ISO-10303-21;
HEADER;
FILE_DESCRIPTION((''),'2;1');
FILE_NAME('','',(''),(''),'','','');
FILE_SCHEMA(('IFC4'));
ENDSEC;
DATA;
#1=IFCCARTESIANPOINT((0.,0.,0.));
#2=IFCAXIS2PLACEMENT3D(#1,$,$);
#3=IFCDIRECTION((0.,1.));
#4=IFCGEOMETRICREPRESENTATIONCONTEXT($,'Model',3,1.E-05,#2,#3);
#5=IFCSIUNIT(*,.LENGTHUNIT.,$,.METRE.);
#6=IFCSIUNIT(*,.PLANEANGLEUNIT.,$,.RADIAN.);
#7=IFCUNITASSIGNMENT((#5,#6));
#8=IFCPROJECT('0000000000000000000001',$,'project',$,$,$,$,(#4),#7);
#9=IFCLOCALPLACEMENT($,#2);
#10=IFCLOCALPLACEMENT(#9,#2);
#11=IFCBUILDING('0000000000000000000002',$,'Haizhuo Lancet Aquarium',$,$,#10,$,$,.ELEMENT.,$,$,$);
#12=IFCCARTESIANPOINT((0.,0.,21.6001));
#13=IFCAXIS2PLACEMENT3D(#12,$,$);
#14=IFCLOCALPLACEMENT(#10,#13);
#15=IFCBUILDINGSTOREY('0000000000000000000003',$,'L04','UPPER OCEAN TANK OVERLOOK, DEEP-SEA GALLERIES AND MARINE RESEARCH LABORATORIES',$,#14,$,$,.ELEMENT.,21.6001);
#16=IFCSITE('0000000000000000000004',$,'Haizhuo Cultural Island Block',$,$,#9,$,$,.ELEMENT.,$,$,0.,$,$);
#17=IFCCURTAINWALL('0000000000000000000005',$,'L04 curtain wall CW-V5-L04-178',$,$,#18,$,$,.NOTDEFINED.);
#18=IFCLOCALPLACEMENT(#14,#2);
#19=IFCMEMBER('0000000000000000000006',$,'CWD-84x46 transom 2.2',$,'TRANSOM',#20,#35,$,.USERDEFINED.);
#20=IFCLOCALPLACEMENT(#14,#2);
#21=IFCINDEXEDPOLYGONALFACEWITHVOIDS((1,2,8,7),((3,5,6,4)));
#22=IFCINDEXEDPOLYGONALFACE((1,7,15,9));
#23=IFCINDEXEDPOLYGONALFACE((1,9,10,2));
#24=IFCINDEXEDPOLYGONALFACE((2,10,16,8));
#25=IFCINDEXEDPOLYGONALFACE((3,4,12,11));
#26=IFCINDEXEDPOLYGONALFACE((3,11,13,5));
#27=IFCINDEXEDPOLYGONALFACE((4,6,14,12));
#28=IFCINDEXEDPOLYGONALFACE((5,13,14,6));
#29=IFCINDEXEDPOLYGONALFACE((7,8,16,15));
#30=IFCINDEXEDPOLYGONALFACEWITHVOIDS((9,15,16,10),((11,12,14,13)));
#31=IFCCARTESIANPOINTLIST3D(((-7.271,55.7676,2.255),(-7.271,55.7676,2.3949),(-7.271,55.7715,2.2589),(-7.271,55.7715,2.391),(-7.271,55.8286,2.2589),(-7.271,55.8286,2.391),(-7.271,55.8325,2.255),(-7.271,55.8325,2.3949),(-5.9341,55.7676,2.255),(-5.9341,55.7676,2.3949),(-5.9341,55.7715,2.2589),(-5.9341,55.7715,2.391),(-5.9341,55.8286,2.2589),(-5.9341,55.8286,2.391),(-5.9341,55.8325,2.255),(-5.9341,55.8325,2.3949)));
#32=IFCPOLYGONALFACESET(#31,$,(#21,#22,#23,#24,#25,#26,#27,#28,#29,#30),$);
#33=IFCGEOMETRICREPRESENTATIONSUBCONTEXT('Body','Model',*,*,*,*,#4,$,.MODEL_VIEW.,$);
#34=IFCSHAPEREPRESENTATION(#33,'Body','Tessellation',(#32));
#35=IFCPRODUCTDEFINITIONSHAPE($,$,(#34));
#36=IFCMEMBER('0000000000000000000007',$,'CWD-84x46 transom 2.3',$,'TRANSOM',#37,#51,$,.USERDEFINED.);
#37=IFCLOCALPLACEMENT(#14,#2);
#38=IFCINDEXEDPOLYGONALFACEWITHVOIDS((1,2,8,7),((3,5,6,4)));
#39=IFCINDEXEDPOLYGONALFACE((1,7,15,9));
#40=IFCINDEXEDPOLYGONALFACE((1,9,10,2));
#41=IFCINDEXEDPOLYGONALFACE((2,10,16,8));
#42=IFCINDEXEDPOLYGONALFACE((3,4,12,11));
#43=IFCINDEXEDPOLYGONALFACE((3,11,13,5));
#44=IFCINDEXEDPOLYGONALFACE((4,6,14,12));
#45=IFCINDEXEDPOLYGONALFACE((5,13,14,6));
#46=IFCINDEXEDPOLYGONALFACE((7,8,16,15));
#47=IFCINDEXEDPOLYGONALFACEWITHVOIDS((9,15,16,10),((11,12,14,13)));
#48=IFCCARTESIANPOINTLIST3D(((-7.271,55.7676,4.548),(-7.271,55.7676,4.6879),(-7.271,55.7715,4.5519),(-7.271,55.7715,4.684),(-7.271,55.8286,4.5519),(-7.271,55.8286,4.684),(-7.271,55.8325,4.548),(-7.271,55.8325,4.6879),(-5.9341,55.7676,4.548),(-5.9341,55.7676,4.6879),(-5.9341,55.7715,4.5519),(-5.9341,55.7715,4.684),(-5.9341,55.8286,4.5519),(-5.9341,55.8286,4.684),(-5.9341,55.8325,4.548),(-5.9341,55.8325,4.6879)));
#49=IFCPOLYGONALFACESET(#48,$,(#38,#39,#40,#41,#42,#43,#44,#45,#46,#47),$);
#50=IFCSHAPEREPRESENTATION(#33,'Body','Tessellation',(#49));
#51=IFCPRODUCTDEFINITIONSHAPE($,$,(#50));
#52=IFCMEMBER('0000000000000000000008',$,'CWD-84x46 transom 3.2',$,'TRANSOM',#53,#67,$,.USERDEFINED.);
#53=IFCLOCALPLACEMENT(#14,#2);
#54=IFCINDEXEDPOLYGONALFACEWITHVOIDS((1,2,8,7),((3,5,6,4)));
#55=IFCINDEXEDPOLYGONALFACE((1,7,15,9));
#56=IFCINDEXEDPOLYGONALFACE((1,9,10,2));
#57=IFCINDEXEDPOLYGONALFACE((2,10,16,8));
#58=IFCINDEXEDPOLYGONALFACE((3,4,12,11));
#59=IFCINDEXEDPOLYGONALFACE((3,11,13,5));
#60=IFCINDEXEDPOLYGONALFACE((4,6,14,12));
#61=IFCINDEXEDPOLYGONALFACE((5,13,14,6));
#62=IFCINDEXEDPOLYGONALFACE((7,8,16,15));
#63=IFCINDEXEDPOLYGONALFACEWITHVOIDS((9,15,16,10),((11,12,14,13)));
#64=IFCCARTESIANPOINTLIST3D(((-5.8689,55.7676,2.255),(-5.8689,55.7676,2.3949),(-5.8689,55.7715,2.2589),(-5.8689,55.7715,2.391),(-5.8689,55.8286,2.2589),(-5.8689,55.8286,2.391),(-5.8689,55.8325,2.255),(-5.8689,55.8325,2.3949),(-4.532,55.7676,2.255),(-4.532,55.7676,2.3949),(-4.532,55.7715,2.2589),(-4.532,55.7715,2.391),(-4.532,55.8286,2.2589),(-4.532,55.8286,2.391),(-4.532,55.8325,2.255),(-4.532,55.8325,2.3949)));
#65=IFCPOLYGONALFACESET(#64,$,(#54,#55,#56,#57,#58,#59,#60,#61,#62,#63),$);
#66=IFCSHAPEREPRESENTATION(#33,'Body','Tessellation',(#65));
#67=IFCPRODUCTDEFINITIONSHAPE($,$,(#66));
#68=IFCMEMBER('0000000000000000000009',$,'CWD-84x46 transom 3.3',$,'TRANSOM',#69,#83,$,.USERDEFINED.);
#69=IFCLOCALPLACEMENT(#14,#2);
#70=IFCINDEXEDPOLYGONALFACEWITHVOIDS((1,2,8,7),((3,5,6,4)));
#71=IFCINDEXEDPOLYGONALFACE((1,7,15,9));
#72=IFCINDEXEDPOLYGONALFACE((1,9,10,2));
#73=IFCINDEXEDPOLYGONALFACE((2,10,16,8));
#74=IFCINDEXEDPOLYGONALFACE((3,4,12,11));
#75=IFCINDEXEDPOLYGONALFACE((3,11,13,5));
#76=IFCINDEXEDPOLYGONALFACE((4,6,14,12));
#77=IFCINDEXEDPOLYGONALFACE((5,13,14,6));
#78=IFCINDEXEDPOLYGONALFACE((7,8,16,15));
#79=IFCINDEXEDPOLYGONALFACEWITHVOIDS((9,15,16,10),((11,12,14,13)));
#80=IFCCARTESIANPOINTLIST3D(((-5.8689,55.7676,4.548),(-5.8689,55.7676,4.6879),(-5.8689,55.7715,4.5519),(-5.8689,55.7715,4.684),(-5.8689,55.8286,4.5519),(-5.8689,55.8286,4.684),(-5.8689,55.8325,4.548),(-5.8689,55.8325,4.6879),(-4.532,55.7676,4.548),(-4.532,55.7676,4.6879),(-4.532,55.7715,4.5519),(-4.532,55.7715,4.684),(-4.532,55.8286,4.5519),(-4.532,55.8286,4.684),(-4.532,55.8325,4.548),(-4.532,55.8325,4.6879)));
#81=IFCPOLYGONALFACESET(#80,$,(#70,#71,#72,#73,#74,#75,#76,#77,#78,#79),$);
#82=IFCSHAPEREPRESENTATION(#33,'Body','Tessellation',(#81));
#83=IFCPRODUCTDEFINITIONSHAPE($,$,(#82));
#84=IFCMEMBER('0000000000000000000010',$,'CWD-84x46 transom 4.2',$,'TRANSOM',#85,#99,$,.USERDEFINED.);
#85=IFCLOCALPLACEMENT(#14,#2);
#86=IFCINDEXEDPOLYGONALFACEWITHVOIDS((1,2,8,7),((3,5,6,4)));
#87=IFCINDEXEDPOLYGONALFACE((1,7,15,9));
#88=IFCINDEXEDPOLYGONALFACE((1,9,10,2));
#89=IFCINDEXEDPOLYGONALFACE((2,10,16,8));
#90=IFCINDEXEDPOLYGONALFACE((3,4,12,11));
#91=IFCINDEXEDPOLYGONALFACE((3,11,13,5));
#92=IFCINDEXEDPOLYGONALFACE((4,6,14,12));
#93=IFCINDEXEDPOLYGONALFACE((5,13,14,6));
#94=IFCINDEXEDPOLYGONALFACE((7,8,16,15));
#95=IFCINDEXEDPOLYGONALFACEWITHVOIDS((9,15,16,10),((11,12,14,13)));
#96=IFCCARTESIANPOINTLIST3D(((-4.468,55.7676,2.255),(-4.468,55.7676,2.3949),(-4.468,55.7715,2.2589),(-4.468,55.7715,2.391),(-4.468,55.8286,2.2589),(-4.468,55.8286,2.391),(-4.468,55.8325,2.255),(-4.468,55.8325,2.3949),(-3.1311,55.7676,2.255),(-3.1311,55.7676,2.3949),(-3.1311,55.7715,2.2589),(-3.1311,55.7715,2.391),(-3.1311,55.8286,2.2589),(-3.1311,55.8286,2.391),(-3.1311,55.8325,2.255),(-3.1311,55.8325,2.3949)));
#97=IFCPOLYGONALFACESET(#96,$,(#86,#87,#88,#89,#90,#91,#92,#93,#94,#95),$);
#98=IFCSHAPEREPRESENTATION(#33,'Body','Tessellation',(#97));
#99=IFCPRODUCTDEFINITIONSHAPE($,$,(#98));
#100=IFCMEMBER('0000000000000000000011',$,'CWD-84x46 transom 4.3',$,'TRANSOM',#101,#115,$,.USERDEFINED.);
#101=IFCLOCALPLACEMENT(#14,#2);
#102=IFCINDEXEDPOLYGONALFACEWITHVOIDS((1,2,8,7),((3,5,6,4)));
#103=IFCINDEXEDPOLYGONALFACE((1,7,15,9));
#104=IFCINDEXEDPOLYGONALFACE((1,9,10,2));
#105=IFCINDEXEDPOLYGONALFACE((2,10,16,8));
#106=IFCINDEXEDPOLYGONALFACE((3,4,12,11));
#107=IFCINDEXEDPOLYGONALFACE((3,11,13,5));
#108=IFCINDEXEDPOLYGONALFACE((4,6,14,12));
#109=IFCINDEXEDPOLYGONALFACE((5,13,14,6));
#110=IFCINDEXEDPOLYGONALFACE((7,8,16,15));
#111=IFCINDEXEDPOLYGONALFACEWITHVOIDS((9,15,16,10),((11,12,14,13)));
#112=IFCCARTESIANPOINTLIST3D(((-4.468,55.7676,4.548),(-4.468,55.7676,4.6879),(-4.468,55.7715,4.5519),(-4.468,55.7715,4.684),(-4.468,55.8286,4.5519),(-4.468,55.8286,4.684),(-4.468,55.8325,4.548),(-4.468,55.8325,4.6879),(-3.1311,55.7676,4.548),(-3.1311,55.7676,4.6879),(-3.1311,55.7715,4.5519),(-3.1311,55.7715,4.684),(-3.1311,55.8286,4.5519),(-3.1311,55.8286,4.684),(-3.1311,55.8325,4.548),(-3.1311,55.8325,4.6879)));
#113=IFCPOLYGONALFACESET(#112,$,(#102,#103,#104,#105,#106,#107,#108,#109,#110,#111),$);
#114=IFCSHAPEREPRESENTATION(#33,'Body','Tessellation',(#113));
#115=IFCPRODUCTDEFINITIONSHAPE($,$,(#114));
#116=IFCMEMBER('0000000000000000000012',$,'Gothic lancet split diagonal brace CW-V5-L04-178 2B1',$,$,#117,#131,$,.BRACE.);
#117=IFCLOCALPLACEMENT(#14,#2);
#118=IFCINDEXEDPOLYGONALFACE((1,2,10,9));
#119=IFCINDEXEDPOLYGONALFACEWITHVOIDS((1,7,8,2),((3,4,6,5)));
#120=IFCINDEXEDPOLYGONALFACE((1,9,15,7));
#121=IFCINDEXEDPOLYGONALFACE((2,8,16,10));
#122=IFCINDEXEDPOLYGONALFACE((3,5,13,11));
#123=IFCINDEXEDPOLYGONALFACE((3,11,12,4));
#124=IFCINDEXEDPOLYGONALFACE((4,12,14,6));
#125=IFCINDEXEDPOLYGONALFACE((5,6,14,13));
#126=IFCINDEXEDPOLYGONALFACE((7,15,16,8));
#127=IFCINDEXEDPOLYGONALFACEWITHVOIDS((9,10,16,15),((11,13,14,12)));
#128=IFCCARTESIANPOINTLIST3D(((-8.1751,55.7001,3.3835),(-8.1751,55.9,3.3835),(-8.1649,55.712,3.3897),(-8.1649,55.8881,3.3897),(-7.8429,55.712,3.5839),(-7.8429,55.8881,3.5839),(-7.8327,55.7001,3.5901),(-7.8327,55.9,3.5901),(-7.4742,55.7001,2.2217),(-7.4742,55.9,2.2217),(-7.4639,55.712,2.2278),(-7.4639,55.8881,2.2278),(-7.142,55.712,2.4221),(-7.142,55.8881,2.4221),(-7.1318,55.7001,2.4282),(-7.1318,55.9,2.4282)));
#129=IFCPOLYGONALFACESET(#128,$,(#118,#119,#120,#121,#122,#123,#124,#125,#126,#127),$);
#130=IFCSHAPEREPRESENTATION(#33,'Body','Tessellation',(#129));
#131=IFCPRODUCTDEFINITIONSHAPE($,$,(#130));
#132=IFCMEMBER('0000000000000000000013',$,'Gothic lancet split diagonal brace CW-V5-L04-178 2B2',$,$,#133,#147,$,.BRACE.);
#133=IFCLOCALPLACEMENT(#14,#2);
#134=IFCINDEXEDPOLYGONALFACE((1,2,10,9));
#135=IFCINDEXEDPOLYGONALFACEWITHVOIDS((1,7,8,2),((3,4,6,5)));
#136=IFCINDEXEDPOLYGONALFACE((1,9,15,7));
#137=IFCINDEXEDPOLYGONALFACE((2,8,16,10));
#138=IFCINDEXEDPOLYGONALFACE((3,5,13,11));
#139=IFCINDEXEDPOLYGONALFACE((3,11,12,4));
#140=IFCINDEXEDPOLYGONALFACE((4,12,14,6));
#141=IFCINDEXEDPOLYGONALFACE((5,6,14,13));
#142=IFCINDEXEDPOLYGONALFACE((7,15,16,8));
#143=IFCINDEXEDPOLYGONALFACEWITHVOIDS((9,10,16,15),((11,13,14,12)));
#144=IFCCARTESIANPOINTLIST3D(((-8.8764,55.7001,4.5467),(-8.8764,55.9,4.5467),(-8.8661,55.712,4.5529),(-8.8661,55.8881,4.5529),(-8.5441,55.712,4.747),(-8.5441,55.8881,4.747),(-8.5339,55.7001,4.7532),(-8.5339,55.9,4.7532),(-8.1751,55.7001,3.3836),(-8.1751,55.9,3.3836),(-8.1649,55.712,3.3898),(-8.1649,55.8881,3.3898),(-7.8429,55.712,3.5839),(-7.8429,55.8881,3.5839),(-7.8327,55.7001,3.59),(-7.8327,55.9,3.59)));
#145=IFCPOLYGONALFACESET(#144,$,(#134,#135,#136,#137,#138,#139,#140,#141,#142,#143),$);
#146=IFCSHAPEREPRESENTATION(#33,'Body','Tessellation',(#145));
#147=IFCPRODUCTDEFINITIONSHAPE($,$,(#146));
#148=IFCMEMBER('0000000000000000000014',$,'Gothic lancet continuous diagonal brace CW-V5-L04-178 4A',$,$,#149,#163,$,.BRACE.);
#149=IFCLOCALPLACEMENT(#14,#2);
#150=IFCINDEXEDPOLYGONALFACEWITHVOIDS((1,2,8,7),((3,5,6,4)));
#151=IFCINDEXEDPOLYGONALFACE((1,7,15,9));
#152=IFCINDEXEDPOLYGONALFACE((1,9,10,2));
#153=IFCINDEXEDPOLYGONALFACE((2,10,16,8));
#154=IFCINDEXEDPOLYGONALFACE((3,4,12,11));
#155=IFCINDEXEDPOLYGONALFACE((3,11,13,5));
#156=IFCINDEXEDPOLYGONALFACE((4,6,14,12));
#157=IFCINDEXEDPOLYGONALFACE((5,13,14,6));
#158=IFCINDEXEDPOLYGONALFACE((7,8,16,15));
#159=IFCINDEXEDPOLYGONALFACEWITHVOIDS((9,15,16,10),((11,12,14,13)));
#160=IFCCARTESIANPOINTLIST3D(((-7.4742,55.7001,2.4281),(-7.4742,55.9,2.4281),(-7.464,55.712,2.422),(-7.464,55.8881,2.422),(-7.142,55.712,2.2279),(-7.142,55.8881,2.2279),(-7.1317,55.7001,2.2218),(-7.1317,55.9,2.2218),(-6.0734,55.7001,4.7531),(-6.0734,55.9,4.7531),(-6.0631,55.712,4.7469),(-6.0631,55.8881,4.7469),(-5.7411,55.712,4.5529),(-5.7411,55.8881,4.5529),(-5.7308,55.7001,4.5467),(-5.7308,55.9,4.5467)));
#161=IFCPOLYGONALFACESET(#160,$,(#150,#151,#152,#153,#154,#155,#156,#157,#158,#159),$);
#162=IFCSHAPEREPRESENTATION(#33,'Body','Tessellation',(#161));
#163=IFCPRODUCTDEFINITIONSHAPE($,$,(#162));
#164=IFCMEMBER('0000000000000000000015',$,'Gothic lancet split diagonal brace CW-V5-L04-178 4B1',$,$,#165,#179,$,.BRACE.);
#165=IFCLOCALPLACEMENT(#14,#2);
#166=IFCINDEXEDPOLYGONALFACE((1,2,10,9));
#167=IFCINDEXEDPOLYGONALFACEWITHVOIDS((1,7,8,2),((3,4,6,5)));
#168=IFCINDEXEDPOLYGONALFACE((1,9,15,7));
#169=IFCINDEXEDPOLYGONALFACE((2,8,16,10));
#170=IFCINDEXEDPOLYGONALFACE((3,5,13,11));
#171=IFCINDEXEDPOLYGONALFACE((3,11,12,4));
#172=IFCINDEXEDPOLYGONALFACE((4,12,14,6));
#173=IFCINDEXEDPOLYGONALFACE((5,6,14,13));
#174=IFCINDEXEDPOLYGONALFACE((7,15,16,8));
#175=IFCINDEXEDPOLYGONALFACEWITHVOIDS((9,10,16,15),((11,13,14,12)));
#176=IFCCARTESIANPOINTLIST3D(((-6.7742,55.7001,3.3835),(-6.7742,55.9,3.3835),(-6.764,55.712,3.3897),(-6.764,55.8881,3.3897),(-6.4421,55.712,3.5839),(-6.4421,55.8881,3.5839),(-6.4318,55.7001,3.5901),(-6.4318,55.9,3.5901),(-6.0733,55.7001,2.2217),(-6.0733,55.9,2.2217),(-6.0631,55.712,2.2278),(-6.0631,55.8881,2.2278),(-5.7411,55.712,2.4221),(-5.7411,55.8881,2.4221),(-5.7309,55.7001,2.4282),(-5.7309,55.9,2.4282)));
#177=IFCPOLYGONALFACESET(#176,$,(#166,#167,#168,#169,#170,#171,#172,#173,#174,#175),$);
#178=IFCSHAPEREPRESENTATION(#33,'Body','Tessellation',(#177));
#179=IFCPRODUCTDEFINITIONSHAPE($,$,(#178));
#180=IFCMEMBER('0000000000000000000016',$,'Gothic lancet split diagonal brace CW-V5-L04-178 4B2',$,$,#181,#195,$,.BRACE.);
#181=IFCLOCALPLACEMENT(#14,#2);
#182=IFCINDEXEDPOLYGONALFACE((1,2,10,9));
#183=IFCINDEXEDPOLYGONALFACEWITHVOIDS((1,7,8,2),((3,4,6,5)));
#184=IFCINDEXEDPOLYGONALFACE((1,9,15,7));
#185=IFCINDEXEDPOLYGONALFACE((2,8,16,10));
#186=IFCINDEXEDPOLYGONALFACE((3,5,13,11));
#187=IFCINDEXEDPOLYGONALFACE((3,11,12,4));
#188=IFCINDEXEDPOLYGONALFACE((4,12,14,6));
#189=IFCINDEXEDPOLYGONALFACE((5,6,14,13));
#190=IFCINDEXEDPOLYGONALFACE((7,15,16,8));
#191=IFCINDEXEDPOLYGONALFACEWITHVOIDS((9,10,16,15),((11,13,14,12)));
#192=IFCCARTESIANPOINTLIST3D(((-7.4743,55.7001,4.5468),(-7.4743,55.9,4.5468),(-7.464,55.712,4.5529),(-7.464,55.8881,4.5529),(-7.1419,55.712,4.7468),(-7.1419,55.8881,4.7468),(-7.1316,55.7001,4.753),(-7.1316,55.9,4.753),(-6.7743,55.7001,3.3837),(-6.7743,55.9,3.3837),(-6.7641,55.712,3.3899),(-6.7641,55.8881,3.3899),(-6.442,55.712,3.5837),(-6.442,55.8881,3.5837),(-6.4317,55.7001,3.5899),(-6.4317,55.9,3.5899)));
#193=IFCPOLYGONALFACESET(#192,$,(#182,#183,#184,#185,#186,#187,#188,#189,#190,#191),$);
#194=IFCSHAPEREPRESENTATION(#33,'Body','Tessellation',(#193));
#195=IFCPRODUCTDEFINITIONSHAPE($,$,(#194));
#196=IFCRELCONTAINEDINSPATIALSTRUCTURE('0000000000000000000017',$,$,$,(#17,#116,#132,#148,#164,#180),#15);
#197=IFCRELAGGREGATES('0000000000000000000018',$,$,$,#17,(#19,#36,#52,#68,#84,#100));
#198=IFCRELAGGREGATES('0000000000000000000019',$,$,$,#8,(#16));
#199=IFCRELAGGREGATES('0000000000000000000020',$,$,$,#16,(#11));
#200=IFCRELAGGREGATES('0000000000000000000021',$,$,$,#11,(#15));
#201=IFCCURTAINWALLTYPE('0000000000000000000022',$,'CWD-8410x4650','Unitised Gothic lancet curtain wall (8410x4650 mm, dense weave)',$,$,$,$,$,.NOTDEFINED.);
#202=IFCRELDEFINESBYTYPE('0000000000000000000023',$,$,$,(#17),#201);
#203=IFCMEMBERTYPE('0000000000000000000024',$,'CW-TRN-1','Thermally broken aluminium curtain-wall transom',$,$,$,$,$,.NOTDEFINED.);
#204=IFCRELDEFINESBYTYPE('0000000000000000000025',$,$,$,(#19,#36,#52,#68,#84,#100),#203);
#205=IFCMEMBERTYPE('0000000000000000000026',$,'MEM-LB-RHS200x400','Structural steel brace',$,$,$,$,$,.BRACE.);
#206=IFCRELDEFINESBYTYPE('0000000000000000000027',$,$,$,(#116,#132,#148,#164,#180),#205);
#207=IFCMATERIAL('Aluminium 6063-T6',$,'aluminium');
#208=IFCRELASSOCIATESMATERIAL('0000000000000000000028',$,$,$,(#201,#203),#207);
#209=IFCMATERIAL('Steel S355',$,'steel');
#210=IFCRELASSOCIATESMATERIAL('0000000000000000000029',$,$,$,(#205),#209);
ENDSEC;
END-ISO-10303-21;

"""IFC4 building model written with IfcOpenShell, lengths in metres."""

from ifc_helpers import new_model, si_unit, direction, frame, origin, origin_2d, place, context, subcontext, project, spatial, hollow_rectangle, extrude, material, material_profile, profile_set, type_object, element, aggregate, save


model = new_model("IFC4")

# Units and contexts
model_context = context("Model", 3, precision=1e-05, world=origin(), true_north=direction((0.0, 1.0)))
body_context = subcontext(model_context, "Body", "Model", "MODEL_VIEW")
ifc_project = project(units=[si_unit("LENGTHUNIT", "METRE"), si_unit("PLANEANGLEUNIT", "RADIAN")], contexts=[model_context])

# Site, building, storey
site_placement = place(None, origin())
site = spatial("IfcSite", under=ifc_project, at=site_placement, Name="Haizhuo Cultural Island Block", CompositionType="ELEMENT", RefElevation=0.0)
building_placement = place(site_placement, origin())
building = spatial("IfcBuilding", under=site, at=building_placement, Name="Haizhuo Lancet Aquarium", CompositionType="ELEMENT")
storey_placement = place(building_placement, frame((0.0, 0.0, 21.6001)))
storey = spatial("IfcBuildingStorey", under=building, at=storey_placement, Name="L04", Description="UPPER OCEAN TANK OVERLOOK, DEEP-SEA GALLERIES AND MARINE RESEARCH LABORATORIES", CompositionType="ELEMENT", Elevation=21.6001)

# Curtain wall, members
ifc_material_1 = material(Name="Aluminium 6063-T6", Category="aluminium")
curtain_wall_type = type_object("IfcCurtainWallType", Name="CWD-8410x4650", Description="Unitised Gothic lancet curtain wall (8410x4650 mm, dense weave)", PredefinedType="NOTDEFINED", material=ifc_material_1)
curtain_wall_placement = place(storey_placement, origin())
curtain_wall = element("IfcCurtainWall", 1, at=curtain_wall_placement, inside=storey, type_object=curtain_wall_type, Name="L04 curtain wall CW-V5-L04-178", PredefinedType="NOTDEFINED")
ifc_material_profile_1 = material_profile(ifc_material_1, hollow_rectangle(XDim=0.0649, YDim=0.1399, WallThickness=0.0039, at=origin_2d()), Name="ALU-T 65x140x4")
ifc_profile_set_1 = profile_set([ifc_material_profile_1], Name="Aluminium 6063-T6")
member_type_1 = type_object("IfcMemberType", Name="CW-TRN-1", Description="Thermally broken aluminium curtain-wall transom", PredefinedType="NOTDEFINED", material=ifc_profile_set_1)
member_1_placement = place(storey_placement, frame((-7.271, 55.8, 2.325), z_axis=(1.0, 0.0, 0.0), x_axis=(0.0, 1.0, 0.0)))
member_1 = element("IfcMember", 2, at=member_1_placement, type_object=member_type_1, Name="CWD-84x46 transom 2.2", ObjectType="TRANSOM", PredefinedType="USERDEFINED", context=body_context, shape_type="SweptSolid", body=[
    extrude(hollow_rectangle(XDim=0.0649, YDim=0.1399, WallThickness=0.0039, at=origin_2d()), origin(), (0.0, 0.0, 1.0), 1.3369),
])
member_2_placement = place(storey_placement, frame((-7.271, 55.8, 4.6179), z_axis=(1.0, 0.0, 0.0), x_axis=(0.0, 1.0, 0.0)))
member_2 = element("IfcMember", 3, at=member_2_placement, type_object=member_type_1, Name="CWD-84x46 transom 2.3", ObjectType="TRANSOM", PredefinedType="USERDEFINED", context=body_context, shape_type="SweptSolid", body=[
    extrude(hollow_rectangle(XDim=0.0649, YDim=0.1399, WallThickness=0.0039, at=origin_2d()), origin(), (0.0, 0.0, 1.0), 1.3369),
])
member_3_placement = place(storey_placement, frame((-5.8689, 55.8, 2.325), z_axis=(1.0, 0.0, 0.0), x_axis=(0.0, 1.0, 0.0)))
member_3 = element("IfcMember", 4, at=member_3_placement, type_object=member_type_1, Name="CWD-84x46 transom 3.2", ObjectType="TRANSOM", PredefinedType="USERDEFINED", context=body_context, shape_type="SweptSolid", body=[
    extrude(hollow_rectangle(XDim=0.0649, YDim=0.1399, WallThickness=0.0039, at=origin_2d()), origin(), (0.0, 0.0, 1.0), 1.3369),
])
member_4_placement = place(storey_placement, frame((-5.8689, 55.8, 4.6179), z_axis=(1.0, 0.0, 0.0), x_axis=(0.0, 1.0, 0.0)))
member_4 = element("IfcMember", 5, at=member_4_placement, type_object=member_type_1, Name="CWD-84x46 transom 3.3", ObjectType="TRANSOM", PredefinedType="USERDEFINED", context=body_context, shape_type="SweptSolid", body=[
    extrude(hollow_rectangle(XDim=0.0649, YDim=0.1399, WallThickness=0.0039, at=origin_2d()), origin(), (0.0, 0.0, 1.0), 1.3369),
])
member_5_placement = place(storey_placement, frame((-4.468, 55.8, 2.325), z_axis=(1.0, 0.0, 0.0), x_axis=(0.0, 1.0, 0.0)))
member_5 = element("IfcMember", 6, at=member_5_placement, type_object=member_type_1, Name="CWD-84x46 transom 4.2", ObjectType="TRANSOM", PredefinedType="USERDEFINED", context=body_context, shape_type="SweptSolid", body=[
    extrude(hollow_rectangle(XDim=0.0649, YDim=0.1399, WallThickness=0.0039, at=origin_2d()), origin(), (0.0, 0.0, 1.0), 1.3369),
])
member_6_placement = place(storey_placement, frame((-4.468, 55.8, 4.6179), z_axis=(1.0, 0.0, 0.0), x_axis=(0.0, 1.0, 0.0)))
member_6 = element("IfcMember", 7, at=member_6_placement, type_object=member_type_1, Name="CWD-84x46 transom 4.3", ObjectType="TRANSOM", PredefinedType="USERDEFINED", context=body_context, shape_type="SweptSolid", body=[
    extrude(hollow_rectangle(XDim=0.0649, YDim=0.1399, WallThickness=0.0039, at=origin_2d()), origin(), (0.0, 0.0, 1.0), 1.3369),
])

# Members
ifc_material_2 = material(Name="Steel S355", Category="steel")
ifc_material_profile_2 = material_profile(ifc_material_2, hollow_rectangle(XDim=0.2, YDim=0.3999, WallThickness=0.012, at=origin_2d()), Name="RHS 200x400x12")
ifc_profile_set_2 = profile_set([ifc_material_profile_2], Name="Steel S355")
member_type_2 = type_object("IfcMemberType", Name="MEM-LB-RHS200x400", Description="Structural steel brace", PredefinedType="BRACE", material=ifc_profile_set_2)
member_7_placement = place(storey_placement, frame((-7.303, 55.8, 2.325), z_axis=(-0.516558, 0.0, 0.856252), x_axis=(0.0, -1.0, 0.0)))
element("IfcMember", 8, at=member_7_placement, inside=storey, type_object=member_type_2, Name="Gothic lancet split diagonal brace CW-V5-L04-178 2B1", PredefinedType="BRACE", context=body_context, shape_type="SweptSolid", body=[
    extrude(hollow_rectangle(XDim=0.2, YDim=0.3999, WallThickness=0.012, at=origin_2d()), origin(), (0.0, 0.0, 1.0), 1.3569),
])
member_8_placement = place(storey_placement, frame((-8.0039, 55.8, 3.4868), z_axis=(-0.516292, 0.0, 0.856412), x_axis=(0.0, -1.0, 0.0)))
element("IfcMember", 9, at=member_8_placement, inside=storey, type_object=member_type_2, Name="Gothic lancet split diagonal brace CW-V5-L04-178 2B2", PredefinedType="BRACE", context=body_context, shape_type="SweptSolid", body=[
    extrude(hollow_rectangle(XDim=0.2, YDim=0.3999, WallThickness=0.012, at=origin_2d()), origin(), (0.0, 0.0, 1.0), 1.3582),
])
member_9_placement = place(storey_placement, frame((-7.303, 55.8, 2.325), z_axis=(0.516095, 0.0, 0.856531), x_axis=(0.0, 1.0, 0.0)))
element("IfcMember", 10, at=member_9_placement, inside=storey, type_object=member_type_2, Name="Gothic lancet continuous diagonal brace CW-V5-L04-178 4A", PredefinedType="BRACE", context=body_context, shape_type="SweptSolid", body=[
    extrude(hollow_rectangle(XDim=0.2, YDim=0.3999, WallThickness=0.012, at=origin_2d()), origin(), (0.0, 0.0, 1.0), 2.7144),
])
member_10_placement = place(storey_placement, frame((-5.9021, 55.8, 2.325), z_axis=(-0.516558, 0.0, 0.856252), x_axis=(0.0, -1.0, 0.0)))
element("IfcMember", 11, at=member_10_placement, inside=storey, type_object=member_type_2, Name="Gothic lancet split diagonal brace CW-V5-L04-178 4B1", PredefinedType="BRACE", context=body_context, shape_type="SweptSolid", body=[
    extrude(hollow_rectangle(XDim=0.2, YDim=0.3999, WallThickness=0.012, at=origin_2d()), origin(), (0.0, 0.0, 1.0), 1.3569),
])
member_11_placement = place(storey_placement, frame((-6.603, 55.8, 3.4868), z_axis=(-0.515633, 0.0, 0.85681), x_axis=(0.0, -1.0, 0.0)))
element("IfcMember", 12, at=member_11_placement, inside=storey, type_object=member_type_2, Name="Gothic lancet split diagonal brace CW-V5-L04-178 4B2", PredefinedType="BRACE", context=body_context, shape_type="SweptSolid", body=[
    extrude(hollow_rectangle(XDim=0.2, YDim=0.3999, WallThickness=0.012, at=origin_2d()), origin(), (0.0, 0.0, 1.0), 1.3574),
])

aggregate(curtain_wall, [member_1, member_2, member_3, member_4, member_5, member_6])

save(model, "model.ifc")
